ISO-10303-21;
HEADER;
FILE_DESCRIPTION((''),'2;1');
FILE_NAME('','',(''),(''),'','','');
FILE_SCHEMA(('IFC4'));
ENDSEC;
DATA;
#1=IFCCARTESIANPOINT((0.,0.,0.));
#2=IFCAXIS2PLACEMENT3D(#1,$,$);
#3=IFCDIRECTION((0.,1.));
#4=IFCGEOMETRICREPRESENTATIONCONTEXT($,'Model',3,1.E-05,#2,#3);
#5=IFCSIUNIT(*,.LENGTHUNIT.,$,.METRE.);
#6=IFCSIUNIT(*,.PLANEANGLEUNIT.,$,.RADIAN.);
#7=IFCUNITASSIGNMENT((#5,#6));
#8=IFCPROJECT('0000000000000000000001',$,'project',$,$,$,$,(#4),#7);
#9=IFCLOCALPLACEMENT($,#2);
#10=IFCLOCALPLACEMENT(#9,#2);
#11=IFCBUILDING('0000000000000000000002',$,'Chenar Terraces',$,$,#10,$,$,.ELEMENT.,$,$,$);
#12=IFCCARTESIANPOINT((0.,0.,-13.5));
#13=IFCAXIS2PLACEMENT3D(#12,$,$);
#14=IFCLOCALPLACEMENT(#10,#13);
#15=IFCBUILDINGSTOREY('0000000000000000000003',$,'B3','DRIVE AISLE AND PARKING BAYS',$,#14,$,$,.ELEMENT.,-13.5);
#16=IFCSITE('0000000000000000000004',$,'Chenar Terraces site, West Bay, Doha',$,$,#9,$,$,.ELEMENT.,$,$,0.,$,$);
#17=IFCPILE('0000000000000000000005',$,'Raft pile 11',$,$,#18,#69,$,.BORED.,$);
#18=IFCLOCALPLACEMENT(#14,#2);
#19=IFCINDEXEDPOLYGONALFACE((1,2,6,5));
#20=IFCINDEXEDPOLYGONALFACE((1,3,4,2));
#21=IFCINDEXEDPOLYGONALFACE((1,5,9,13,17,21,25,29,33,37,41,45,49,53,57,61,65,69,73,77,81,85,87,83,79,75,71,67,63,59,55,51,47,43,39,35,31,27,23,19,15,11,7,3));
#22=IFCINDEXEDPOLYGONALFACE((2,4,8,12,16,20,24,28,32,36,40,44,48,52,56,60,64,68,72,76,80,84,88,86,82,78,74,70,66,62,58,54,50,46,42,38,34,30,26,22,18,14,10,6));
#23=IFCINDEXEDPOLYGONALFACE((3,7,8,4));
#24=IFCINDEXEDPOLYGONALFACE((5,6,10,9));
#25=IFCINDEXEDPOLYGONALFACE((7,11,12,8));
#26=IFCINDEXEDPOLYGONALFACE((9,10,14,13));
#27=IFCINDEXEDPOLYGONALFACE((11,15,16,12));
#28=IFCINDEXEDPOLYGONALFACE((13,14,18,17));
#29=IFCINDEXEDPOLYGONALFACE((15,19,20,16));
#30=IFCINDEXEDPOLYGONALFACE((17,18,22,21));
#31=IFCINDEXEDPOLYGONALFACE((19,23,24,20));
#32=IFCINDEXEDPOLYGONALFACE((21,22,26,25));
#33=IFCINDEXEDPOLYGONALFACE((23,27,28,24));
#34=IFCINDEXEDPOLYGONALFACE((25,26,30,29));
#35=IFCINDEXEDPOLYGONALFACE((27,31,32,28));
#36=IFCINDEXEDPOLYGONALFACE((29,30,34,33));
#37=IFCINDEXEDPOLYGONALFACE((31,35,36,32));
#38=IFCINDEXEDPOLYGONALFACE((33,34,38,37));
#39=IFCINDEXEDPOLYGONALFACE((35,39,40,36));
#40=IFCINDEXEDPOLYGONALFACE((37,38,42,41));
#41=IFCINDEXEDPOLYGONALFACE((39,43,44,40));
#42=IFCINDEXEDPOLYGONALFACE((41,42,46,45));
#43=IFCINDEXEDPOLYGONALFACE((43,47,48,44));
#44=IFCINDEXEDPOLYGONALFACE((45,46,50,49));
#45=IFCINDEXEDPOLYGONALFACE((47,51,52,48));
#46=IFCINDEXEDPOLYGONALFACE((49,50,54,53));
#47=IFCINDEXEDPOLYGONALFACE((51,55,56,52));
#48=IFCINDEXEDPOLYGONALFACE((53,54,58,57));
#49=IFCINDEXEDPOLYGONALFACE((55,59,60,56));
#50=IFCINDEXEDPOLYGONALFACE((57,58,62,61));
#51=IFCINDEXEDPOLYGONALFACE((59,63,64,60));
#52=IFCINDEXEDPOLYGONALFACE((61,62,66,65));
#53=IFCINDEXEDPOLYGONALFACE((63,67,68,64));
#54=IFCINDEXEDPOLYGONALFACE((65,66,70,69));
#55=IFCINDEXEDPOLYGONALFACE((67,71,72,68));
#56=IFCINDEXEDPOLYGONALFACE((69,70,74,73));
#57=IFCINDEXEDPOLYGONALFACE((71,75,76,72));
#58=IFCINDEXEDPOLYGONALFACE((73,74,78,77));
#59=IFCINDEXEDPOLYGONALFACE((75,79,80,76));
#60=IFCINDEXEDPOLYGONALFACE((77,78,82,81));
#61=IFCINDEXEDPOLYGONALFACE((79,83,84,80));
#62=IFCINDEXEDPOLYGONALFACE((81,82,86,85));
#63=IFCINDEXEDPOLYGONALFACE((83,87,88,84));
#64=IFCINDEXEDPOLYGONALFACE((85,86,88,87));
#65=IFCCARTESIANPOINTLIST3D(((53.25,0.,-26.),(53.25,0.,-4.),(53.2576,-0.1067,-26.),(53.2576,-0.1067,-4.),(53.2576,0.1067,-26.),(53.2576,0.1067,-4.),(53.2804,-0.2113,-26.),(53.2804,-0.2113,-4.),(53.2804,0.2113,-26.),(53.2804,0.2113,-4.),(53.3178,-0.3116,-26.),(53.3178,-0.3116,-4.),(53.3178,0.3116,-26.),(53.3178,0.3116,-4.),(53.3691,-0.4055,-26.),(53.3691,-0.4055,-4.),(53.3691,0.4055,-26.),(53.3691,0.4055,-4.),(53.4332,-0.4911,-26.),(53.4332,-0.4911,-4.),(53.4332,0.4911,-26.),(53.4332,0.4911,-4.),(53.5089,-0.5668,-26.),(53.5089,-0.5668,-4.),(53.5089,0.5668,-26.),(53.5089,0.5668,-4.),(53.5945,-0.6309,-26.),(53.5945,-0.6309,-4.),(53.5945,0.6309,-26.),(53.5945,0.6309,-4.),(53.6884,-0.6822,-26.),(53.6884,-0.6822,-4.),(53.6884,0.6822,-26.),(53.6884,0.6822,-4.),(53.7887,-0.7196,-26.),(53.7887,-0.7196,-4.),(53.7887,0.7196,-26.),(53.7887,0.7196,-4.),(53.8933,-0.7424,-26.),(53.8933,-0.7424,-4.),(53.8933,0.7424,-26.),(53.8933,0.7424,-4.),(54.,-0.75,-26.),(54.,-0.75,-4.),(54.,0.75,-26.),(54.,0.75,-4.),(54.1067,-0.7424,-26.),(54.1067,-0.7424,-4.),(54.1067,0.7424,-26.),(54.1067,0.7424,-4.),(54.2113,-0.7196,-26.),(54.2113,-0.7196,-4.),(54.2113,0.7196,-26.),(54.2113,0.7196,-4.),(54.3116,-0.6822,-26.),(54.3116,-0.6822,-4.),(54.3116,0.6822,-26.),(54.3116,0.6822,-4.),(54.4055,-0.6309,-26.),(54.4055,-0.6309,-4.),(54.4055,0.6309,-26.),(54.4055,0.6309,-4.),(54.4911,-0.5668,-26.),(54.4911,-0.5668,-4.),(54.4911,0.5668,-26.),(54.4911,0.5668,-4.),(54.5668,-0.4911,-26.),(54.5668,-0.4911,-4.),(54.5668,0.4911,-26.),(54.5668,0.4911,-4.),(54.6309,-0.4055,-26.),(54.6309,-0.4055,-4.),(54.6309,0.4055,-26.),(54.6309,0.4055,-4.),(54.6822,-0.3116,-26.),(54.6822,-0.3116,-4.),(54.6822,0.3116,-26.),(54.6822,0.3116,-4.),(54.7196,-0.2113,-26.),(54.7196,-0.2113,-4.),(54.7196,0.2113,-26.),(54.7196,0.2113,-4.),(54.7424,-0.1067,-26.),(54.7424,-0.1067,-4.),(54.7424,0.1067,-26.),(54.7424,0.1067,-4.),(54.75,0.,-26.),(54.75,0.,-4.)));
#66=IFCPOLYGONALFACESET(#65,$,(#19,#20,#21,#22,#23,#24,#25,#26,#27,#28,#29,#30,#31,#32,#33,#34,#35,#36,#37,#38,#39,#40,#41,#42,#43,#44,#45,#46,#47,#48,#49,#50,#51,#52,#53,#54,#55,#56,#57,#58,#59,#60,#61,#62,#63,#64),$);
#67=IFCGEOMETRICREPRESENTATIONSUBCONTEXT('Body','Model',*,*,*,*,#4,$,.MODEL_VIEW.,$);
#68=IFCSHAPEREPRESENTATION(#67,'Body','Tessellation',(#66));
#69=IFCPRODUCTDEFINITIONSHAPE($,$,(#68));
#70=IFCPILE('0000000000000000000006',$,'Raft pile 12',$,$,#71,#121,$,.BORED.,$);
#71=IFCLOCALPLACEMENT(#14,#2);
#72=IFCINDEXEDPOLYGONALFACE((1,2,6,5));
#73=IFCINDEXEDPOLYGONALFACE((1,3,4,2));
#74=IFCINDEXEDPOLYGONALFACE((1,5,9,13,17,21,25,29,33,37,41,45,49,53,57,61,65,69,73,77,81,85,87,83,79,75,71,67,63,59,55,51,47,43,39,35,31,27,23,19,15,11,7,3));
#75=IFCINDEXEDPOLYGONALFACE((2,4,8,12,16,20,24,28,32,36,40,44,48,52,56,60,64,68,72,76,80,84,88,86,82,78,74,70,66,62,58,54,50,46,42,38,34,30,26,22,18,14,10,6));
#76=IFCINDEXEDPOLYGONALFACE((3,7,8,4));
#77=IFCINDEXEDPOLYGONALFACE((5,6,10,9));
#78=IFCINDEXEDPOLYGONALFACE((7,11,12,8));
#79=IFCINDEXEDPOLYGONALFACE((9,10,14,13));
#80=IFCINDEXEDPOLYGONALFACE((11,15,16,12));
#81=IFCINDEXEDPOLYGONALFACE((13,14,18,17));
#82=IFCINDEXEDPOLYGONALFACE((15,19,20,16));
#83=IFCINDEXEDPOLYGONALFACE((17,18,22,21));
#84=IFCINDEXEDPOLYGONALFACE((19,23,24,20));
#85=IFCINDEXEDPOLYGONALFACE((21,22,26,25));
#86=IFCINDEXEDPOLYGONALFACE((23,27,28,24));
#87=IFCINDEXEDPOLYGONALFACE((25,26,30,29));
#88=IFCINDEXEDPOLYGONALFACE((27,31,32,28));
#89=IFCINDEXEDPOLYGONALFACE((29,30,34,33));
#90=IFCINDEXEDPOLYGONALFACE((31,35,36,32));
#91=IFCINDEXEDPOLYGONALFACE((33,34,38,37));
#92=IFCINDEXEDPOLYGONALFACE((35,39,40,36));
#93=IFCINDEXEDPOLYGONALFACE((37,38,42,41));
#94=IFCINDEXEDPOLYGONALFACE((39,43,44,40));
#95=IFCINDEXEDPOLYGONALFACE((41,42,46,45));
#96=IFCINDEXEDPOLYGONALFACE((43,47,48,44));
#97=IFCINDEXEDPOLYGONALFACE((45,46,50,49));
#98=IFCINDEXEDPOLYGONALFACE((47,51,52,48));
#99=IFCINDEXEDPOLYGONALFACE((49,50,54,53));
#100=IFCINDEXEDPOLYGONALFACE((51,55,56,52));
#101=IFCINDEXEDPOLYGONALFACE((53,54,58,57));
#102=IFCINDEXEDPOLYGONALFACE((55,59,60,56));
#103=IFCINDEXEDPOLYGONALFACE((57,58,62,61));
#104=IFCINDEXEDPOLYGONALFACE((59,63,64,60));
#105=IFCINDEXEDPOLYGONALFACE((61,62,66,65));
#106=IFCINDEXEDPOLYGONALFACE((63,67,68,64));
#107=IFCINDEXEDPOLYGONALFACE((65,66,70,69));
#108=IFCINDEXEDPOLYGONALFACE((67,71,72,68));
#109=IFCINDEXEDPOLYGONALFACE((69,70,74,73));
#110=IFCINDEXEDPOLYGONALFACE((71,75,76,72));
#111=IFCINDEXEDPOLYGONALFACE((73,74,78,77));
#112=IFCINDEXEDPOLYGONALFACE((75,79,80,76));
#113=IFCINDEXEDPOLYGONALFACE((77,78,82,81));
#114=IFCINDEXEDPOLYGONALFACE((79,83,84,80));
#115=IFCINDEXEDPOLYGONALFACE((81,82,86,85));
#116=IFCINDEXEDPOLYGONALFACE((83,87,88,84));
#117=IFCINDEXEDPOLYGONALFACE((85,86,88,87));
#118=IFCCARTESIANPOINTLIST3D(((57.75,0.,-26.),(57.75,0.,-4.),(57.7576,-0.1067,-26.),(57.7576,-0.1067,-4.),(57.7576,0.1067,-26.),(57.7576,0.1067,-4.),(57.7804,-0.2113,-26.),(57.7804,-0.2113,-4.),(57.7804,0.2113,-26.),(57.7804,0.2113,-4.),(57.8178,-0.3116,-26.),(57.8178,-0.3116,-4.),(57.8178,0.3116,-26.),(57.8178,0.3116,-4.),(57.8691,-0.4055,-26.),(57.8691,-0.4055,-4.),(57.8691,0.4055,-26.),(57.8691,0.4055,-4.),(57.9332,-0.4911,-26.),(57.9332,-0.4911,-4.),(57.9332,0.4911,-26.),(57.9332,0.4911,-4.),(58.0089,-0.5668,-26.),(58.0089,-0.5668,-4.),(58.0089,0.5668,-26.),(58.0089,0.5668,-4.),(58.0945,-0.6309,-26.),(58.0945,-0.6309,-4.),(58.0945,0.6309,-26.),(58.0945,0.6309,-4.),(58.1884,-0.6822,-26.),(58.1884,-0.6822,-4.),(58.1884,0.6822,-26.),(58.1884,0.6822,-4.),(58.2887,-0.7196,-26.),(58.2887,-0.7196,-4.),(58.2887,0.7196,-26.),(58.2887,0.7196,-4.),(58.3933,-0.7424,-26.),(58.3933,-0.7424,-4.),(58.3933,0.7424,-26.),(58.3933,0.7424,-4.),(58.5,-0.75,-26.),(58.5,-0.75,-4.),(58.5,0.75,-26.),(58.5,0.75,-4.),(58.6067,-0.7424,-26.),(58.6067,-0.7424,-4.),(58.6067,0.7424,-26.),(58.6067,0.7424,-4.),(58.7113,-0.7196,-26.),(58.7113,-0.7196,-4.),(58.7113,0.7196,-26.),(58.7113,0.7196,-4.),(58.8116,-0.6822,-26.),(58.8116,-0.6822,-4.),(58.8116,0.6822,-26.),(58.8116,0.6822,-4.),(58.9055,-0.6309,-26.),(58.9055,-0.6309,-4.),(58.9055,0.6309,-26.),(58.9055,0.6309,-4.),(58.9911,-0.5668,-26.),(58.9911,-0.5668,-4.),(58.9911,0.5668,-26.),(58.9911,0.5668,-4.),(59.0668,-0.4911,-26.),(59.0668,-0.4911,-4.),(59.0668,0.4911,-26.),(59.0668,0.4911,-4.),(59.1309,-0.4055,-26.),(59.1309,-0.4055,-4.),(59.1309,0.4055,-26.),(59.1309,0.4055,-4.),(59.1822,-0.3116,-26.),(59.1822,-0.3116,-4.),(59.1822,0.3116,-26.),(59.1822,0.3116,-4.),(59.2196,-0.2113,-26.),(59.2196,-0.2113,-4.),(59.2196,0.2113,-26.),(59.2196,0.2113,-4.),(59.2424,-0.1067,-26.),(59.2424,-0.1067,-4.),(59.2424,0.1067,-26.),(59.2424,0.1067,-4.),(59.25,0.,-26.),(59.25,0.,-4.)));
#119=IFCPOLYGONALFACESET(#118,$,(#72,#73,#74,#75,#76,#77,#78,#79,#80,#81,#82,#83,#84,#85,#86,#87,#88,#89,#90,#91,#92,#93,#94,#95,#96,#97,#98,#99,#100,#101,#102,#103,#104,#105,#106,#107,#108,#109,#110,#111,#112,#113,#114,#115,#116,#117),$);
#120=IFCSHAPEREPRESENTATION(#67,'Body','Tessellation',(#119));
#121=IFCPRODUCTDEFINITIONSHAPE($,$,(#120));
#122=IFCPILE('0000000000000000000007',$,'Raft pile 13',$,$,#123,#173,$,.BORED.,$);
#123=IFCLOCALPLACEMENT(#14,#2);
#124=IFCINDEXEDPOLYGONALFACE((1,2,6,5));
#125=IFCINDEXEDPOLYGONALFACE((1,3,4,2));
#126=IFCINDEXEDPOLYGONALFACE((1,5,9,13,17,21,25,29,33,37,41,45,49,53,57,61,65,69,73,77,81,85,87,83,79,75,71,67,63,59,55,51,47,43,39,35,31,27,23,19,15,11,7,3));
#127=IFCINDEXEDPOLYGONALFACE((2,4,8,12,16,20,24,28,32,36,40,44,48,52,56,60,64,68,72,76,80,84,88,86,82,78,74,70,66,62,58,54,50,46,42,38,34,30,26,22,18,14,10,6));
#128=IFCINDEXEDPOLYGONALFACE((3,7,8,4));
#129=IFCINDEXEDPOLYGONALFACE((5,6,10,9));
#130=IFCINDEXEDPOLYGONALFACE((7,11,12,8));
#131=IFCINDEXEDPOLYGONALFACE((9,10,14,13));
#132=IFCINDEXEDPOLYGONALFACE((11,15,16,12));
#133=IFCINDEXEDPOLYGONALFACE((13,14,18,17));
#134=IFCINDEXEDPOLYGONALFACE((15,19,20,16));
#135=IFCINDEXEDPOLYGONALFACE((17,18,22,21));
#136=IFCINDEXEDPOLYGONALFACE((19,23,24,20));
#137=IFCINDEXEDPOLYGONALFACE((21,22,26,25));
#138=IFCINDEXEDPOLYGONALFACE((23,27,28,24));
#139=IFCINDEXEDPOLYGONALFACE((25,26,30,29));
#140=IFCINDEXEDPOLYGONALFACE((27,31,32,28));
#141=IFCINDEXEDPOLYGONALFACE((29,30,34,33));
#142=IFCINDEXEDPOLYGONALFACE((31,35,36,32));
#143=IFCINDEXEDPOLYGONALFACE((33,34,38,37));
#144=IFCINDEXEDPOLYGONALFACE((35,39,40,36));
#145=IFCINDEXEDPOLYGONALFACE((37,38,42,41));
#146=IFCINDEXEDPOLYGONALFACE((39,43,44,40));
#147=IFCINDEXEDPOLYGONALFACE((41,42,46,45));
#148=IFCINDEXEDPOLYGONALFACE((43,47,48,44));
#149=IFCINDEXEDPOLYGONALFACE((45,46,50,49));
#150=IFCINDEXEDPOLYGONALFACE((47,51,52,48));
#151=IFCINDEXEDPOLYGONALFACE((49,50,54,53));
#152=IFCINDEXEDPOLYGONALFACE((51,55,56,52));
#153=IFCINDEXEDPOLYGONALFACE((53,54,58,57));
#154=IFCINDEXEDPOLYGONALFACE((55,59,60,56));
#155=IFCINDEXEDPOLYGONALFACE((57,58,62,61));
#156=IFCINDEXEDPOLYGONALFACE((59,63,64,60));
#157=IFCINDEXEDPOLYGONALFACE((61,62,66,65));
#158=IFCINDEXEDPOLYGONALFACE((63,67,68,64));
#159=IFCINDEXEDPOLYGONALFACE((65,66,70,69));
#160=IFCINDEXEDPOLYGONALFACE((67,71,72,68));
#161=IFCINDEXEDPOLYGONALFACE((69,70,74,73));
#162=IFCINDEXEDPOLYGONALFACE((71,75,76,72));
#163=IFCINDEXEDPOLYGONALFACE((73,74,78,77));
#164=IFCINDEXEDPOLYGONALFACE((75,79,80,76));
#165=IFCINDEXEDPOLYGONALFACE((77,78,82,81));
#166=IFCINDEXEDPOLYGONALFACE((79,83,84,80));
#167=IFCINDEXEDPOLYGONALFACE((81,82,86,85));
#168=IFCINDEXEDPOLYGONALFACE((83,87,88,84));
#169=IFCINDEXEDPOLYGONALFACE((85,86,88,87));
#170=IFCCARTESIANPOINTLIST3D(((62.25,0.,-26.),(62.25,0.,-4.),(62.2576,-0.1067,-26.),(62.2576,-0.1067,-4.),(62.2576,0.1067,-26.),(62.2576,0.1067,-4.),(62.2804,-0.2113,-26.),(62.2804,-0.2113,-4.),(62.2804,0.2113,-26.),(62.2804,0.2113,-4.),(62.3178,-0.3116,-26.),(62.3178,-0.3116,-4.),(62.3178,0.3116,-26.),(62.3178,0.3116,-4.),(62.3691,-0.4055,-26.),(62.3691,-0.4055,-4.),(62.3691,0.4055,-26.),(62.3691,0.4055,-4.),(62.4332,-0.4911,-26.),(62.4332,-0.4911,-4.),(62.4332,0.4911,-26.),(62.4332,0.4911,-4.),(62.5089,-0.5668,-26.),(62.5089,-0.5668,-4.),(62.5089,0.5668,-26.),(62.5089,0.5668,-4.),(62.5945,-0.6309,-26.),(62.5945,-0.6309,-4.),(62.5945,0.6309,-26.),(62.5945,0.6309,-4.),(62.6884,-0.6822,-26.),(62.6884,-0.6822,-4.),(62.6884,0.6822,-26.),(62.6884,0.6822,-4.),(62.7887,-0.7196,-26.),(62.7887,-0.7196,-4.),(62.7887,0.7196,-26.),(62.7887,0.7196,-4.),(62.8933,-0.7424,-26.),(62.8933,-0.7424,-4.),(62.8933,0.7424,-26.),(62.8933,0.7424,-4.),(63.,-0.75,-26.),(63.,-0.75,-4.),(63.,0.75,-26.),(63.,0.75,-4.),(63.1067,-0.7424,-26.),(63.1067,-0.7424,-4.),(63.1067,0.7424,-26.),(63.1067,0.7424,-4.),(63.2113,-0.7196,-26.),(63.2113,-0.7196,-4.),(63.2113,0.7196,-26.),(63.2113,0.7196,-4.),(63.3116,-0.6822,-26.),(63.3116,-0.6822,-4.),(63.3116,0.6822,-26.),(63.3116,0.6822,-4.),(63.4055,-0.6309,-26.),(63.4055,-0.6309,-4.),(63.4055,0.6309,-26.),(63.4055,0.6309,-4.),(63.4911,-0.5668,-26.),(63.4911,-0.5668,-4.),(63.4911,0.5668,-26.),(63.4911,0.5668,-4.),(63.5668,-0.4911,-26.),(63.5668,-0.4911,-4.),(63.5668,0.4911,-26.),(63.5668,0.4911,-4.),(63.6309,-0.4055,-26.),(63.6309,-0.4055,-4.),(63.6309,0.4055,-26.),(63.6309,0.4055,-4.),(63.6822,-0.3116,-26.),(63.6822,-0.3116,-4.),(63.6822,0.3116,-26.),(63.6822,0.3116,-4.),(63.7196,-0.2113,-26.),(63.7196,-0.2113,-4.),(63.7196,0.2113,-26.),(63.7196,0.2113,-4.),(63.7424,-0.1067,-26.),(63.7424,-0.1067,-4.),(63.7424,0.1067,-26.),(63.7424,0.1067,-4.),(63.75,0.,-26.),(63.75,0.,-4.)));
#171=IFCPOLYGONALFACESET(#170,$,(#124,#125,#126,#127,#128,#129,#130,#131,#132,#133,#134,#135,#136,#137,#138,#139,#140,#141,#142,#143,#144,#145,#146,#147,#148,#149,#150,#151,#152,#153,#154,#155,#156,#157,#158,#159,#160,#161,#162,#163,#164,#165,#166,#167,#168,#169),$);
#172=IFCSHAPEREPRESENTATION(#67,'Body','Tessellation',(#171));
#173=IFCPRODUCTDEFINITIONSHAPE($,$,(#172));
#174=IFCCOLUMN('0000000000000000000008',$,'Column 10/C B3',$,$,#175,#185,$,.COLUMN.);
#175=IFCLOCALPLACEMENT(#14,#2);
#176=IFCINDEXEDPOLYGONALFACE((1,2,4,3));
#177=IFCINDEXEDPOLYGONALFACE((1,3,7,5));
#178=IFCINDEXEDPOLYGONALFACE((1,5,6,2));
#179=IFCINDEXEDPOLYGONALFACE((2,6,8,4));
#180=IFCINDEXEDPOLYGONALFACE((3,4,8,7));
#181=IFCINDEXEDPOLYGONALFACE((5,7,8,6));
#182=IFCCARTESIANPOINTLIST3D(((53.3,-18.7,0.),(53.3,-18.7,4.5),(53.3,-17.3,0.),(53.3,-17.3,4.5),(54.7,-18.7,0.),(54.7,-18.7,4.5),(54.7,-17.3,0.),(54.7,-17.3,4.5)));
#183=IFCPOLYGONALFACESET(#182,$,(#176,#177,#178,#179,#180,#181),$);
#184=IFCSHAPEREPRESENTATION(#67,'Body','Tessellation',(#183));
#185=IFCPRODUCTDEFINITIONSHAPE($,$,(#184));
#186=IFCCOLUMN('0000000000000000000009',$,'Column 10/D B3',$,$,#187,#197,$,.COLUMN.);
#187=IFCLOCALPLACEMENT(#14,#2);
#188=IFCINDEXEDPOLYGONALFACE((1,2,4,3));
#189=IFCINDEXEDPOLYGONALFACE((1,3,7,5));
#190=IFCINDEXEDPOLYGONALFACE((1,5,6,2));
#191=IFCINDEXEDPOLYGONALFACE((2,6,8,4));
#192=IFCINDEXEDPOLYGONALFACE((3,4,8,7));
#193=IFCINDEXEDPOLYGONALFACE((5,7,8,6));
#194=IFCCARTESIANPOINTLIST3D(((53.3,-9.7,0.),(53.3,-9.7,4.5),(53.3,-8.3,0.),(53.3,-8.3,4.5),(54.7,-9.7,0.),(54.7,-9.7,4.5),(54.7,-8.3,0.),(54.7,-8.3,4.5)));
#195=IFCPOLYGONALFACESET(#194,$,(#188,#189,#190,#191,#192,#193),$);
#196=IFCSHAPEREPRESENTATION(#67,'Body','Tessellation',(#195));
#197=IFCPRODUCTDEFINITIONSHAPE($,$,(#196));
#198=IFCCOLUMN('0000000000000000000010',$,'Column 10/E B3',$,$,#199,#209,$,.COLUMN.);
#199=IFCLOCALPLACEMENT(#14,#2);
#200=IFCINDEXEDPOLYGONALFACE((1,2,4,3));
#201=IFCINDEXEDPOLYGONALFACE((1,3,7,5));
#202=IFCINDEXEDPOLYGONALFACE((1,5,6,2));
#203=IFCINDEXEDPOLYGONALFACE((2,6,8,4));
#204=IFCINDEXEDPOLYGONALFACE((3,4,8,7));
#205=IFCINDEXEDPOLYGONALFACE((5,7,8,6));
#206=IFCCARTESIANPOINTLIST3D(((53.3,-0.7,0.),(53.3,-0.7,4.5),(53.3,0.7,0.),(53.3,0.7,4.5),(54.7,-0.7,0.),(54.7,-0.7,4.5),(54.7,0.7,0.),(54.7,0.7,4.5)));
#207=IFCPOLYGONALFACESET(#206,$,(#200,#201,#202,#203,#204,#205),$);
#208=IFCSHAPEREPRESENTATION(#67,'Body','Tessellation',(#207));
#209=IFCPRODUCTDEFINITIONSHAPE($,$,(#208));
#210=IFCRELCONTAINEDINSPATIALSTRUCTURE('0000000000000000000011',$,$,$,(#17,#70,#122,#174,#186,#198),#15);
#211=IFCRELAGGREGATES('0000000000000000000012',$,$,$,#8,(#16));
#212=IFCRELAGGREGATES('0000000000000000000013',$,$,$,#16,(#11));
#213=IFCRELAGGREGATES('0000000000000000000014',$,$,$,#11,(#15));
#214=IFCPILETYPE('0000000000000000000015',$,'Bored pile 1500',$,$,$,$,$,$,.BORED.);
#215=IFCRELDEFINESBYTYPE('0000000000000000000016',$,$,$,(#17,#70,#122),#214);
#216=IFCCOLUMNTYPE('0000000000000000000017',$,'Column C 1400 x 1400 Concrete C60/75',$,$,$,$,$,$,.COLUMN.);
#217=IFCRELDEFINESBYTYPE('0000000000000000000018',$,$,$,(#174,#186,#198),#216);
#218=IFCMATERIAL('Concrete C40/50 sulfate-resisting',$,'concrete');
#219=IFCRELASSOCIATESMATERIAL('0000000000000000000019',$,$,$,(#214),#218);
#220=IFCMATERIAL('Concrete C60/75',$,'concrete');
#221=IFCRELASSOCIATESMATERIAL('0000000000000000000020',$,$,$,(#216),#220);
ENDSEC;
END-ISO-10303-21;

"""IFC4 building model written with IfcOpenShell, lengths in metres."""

from ifc_helpers import new_model, si_unit, direction, frame, origin, origin_2d, place, context, subcontext, project, spatial, rectangle, circle, extrude, material, material_profile, profile_set, type_object, element, save


model = new_model("IFC4")

# Units and contexts
model_context = context("Model", 3, precision=1e-05, world=origin(), true_north=direction((0.0, 1.0)))
body_context = subcontext(model_context, "Body", "Model", "MODEL_VIEW")
ifc_project = project(units=[si_unit("LENGTHUNIT", "METRE"), si_unit("PLANEANGLEUNIT", "RADIAN")], contexts=[model_context])

# Site, building, storey
site_placement = place(None, origin())
site = spatial("IfcSite", under=ifc_project, at=site_placement, Name="Chenar Terraces site, West Bay, Doha", CompositionType="ELEMENT", RefElevation=0.0)
building_placement = place(site_placement, origin())
building = spatial("IfcBuilding", under=site, at=building_placement, Name="Chenar Terraces", CompositionType="ELEMENT")
storey_placement = place(building_placement, frame((0.0, 0.0, -13.5)))
storey = spatial("IfcBuildingStorey", under=building, at=storey_placement, Name="B3", Description="DRIVE AISLE AND PARKING BAYS", CompositionType="ELEMENT", Elevation=-13.5)

# Piles
ifc_material_1 = material(Name="Concrete C40/50 sulfate-resisting", Category="concrete")
ifc_material_profile_1 = material_profile(ifc_material_1, circle(Radius=0.75, at=origin_2d()), Name="BP 1500")
ifc_profile_set_1 = profile_set([ifc_material_profile_1], Name="Concrete C40/50 sulfate-resisting")
pile_type_1 = type_object("IfcPileType", Name="Bored pile 1500", PredefinedType="BORED", material=ifc_profile_set_1)
for number, where, z_axis, x_axis, name in (
    (1, (54.0, 0.0, -4.0), (0.0, 0.0, -1.0), (1.0, 0.0, 0.0), "Raft pile 11"),
    (2, (58.5, 0.0, -4.0), (0.0, 0.0, -1.0), (1.0, 0.0, 0.0), "Raft pile 12"),
    (3, (63.0, 0.0, -4.0), (0.0, 0.0, -1.0), (1.0, 0.0, 0.0), "Raft pile 13"),
):
    element("IfcPile", number, at=place(storey_placement, frame(where, z_axis=z_axis, x_axis=x_axis)), inside=storey, type_object=pile_type_1, Name=name, PredefinedType="BORED", context=body_context, shape_type="SweptSolid", body=[
        extrude(circle(Radius=0.75, at=origin_2d()), origin(), (0.0, 0.0, 1.0), 22.0),
    ])

# Columns
ifc_material_2 = material(Name="Concrete C60/75", Category="concrete")
ifc_material_profile_2 = material_profile(ifc_material_2, rectangle(XDim=1.3999, YDim=1.3999, at=origin_2d()), Name="C 1400 x 1400")
ifc_profile_set_2 = profile_set([ifc_material_profile_2], Name="Concrete C60/75")
column_type = type_object("IfcColumnType", Name="Column C 1400 x 1400 Concrete C60/75", PredefinedType="COLUMN", material=ifc_profile_set_2)
for number, where, z_axis, x_axis, name in (
    (4, (54.0, -18.0, 0.0), (0.0, 0.0, 1.0), (1.0, 0.0, 0.0), "Column 10/C B3"),
    (5, (54.0, -9.0, 0.0), (0.0, 0.0, 1.0), (1.0, 0.0, 0.0), "Column 10/D B3"),
    (6, (54.0, 0.0, 0.0), (0.0, 0.0, 1.0), (1.0, 0.0, 0.0), "Column 10/E B3"),
):
    element("IfcColumn", number, at=place(storey_placement, frame(where, z_axis=z_axis, x_axis=x_axis)), inside=storey, type_object=column_type, Name=name, PredefinedType="COLUMN", context=body_context, shape_type="SweptSolid", body=[
        extrude(rectangle(XDim=1.3999, YDim=1.3999, at=origin_2d()), origin(), (0.0, 0.0, 1.0), 4.5),
    ])

save(model, "model.ifc")
